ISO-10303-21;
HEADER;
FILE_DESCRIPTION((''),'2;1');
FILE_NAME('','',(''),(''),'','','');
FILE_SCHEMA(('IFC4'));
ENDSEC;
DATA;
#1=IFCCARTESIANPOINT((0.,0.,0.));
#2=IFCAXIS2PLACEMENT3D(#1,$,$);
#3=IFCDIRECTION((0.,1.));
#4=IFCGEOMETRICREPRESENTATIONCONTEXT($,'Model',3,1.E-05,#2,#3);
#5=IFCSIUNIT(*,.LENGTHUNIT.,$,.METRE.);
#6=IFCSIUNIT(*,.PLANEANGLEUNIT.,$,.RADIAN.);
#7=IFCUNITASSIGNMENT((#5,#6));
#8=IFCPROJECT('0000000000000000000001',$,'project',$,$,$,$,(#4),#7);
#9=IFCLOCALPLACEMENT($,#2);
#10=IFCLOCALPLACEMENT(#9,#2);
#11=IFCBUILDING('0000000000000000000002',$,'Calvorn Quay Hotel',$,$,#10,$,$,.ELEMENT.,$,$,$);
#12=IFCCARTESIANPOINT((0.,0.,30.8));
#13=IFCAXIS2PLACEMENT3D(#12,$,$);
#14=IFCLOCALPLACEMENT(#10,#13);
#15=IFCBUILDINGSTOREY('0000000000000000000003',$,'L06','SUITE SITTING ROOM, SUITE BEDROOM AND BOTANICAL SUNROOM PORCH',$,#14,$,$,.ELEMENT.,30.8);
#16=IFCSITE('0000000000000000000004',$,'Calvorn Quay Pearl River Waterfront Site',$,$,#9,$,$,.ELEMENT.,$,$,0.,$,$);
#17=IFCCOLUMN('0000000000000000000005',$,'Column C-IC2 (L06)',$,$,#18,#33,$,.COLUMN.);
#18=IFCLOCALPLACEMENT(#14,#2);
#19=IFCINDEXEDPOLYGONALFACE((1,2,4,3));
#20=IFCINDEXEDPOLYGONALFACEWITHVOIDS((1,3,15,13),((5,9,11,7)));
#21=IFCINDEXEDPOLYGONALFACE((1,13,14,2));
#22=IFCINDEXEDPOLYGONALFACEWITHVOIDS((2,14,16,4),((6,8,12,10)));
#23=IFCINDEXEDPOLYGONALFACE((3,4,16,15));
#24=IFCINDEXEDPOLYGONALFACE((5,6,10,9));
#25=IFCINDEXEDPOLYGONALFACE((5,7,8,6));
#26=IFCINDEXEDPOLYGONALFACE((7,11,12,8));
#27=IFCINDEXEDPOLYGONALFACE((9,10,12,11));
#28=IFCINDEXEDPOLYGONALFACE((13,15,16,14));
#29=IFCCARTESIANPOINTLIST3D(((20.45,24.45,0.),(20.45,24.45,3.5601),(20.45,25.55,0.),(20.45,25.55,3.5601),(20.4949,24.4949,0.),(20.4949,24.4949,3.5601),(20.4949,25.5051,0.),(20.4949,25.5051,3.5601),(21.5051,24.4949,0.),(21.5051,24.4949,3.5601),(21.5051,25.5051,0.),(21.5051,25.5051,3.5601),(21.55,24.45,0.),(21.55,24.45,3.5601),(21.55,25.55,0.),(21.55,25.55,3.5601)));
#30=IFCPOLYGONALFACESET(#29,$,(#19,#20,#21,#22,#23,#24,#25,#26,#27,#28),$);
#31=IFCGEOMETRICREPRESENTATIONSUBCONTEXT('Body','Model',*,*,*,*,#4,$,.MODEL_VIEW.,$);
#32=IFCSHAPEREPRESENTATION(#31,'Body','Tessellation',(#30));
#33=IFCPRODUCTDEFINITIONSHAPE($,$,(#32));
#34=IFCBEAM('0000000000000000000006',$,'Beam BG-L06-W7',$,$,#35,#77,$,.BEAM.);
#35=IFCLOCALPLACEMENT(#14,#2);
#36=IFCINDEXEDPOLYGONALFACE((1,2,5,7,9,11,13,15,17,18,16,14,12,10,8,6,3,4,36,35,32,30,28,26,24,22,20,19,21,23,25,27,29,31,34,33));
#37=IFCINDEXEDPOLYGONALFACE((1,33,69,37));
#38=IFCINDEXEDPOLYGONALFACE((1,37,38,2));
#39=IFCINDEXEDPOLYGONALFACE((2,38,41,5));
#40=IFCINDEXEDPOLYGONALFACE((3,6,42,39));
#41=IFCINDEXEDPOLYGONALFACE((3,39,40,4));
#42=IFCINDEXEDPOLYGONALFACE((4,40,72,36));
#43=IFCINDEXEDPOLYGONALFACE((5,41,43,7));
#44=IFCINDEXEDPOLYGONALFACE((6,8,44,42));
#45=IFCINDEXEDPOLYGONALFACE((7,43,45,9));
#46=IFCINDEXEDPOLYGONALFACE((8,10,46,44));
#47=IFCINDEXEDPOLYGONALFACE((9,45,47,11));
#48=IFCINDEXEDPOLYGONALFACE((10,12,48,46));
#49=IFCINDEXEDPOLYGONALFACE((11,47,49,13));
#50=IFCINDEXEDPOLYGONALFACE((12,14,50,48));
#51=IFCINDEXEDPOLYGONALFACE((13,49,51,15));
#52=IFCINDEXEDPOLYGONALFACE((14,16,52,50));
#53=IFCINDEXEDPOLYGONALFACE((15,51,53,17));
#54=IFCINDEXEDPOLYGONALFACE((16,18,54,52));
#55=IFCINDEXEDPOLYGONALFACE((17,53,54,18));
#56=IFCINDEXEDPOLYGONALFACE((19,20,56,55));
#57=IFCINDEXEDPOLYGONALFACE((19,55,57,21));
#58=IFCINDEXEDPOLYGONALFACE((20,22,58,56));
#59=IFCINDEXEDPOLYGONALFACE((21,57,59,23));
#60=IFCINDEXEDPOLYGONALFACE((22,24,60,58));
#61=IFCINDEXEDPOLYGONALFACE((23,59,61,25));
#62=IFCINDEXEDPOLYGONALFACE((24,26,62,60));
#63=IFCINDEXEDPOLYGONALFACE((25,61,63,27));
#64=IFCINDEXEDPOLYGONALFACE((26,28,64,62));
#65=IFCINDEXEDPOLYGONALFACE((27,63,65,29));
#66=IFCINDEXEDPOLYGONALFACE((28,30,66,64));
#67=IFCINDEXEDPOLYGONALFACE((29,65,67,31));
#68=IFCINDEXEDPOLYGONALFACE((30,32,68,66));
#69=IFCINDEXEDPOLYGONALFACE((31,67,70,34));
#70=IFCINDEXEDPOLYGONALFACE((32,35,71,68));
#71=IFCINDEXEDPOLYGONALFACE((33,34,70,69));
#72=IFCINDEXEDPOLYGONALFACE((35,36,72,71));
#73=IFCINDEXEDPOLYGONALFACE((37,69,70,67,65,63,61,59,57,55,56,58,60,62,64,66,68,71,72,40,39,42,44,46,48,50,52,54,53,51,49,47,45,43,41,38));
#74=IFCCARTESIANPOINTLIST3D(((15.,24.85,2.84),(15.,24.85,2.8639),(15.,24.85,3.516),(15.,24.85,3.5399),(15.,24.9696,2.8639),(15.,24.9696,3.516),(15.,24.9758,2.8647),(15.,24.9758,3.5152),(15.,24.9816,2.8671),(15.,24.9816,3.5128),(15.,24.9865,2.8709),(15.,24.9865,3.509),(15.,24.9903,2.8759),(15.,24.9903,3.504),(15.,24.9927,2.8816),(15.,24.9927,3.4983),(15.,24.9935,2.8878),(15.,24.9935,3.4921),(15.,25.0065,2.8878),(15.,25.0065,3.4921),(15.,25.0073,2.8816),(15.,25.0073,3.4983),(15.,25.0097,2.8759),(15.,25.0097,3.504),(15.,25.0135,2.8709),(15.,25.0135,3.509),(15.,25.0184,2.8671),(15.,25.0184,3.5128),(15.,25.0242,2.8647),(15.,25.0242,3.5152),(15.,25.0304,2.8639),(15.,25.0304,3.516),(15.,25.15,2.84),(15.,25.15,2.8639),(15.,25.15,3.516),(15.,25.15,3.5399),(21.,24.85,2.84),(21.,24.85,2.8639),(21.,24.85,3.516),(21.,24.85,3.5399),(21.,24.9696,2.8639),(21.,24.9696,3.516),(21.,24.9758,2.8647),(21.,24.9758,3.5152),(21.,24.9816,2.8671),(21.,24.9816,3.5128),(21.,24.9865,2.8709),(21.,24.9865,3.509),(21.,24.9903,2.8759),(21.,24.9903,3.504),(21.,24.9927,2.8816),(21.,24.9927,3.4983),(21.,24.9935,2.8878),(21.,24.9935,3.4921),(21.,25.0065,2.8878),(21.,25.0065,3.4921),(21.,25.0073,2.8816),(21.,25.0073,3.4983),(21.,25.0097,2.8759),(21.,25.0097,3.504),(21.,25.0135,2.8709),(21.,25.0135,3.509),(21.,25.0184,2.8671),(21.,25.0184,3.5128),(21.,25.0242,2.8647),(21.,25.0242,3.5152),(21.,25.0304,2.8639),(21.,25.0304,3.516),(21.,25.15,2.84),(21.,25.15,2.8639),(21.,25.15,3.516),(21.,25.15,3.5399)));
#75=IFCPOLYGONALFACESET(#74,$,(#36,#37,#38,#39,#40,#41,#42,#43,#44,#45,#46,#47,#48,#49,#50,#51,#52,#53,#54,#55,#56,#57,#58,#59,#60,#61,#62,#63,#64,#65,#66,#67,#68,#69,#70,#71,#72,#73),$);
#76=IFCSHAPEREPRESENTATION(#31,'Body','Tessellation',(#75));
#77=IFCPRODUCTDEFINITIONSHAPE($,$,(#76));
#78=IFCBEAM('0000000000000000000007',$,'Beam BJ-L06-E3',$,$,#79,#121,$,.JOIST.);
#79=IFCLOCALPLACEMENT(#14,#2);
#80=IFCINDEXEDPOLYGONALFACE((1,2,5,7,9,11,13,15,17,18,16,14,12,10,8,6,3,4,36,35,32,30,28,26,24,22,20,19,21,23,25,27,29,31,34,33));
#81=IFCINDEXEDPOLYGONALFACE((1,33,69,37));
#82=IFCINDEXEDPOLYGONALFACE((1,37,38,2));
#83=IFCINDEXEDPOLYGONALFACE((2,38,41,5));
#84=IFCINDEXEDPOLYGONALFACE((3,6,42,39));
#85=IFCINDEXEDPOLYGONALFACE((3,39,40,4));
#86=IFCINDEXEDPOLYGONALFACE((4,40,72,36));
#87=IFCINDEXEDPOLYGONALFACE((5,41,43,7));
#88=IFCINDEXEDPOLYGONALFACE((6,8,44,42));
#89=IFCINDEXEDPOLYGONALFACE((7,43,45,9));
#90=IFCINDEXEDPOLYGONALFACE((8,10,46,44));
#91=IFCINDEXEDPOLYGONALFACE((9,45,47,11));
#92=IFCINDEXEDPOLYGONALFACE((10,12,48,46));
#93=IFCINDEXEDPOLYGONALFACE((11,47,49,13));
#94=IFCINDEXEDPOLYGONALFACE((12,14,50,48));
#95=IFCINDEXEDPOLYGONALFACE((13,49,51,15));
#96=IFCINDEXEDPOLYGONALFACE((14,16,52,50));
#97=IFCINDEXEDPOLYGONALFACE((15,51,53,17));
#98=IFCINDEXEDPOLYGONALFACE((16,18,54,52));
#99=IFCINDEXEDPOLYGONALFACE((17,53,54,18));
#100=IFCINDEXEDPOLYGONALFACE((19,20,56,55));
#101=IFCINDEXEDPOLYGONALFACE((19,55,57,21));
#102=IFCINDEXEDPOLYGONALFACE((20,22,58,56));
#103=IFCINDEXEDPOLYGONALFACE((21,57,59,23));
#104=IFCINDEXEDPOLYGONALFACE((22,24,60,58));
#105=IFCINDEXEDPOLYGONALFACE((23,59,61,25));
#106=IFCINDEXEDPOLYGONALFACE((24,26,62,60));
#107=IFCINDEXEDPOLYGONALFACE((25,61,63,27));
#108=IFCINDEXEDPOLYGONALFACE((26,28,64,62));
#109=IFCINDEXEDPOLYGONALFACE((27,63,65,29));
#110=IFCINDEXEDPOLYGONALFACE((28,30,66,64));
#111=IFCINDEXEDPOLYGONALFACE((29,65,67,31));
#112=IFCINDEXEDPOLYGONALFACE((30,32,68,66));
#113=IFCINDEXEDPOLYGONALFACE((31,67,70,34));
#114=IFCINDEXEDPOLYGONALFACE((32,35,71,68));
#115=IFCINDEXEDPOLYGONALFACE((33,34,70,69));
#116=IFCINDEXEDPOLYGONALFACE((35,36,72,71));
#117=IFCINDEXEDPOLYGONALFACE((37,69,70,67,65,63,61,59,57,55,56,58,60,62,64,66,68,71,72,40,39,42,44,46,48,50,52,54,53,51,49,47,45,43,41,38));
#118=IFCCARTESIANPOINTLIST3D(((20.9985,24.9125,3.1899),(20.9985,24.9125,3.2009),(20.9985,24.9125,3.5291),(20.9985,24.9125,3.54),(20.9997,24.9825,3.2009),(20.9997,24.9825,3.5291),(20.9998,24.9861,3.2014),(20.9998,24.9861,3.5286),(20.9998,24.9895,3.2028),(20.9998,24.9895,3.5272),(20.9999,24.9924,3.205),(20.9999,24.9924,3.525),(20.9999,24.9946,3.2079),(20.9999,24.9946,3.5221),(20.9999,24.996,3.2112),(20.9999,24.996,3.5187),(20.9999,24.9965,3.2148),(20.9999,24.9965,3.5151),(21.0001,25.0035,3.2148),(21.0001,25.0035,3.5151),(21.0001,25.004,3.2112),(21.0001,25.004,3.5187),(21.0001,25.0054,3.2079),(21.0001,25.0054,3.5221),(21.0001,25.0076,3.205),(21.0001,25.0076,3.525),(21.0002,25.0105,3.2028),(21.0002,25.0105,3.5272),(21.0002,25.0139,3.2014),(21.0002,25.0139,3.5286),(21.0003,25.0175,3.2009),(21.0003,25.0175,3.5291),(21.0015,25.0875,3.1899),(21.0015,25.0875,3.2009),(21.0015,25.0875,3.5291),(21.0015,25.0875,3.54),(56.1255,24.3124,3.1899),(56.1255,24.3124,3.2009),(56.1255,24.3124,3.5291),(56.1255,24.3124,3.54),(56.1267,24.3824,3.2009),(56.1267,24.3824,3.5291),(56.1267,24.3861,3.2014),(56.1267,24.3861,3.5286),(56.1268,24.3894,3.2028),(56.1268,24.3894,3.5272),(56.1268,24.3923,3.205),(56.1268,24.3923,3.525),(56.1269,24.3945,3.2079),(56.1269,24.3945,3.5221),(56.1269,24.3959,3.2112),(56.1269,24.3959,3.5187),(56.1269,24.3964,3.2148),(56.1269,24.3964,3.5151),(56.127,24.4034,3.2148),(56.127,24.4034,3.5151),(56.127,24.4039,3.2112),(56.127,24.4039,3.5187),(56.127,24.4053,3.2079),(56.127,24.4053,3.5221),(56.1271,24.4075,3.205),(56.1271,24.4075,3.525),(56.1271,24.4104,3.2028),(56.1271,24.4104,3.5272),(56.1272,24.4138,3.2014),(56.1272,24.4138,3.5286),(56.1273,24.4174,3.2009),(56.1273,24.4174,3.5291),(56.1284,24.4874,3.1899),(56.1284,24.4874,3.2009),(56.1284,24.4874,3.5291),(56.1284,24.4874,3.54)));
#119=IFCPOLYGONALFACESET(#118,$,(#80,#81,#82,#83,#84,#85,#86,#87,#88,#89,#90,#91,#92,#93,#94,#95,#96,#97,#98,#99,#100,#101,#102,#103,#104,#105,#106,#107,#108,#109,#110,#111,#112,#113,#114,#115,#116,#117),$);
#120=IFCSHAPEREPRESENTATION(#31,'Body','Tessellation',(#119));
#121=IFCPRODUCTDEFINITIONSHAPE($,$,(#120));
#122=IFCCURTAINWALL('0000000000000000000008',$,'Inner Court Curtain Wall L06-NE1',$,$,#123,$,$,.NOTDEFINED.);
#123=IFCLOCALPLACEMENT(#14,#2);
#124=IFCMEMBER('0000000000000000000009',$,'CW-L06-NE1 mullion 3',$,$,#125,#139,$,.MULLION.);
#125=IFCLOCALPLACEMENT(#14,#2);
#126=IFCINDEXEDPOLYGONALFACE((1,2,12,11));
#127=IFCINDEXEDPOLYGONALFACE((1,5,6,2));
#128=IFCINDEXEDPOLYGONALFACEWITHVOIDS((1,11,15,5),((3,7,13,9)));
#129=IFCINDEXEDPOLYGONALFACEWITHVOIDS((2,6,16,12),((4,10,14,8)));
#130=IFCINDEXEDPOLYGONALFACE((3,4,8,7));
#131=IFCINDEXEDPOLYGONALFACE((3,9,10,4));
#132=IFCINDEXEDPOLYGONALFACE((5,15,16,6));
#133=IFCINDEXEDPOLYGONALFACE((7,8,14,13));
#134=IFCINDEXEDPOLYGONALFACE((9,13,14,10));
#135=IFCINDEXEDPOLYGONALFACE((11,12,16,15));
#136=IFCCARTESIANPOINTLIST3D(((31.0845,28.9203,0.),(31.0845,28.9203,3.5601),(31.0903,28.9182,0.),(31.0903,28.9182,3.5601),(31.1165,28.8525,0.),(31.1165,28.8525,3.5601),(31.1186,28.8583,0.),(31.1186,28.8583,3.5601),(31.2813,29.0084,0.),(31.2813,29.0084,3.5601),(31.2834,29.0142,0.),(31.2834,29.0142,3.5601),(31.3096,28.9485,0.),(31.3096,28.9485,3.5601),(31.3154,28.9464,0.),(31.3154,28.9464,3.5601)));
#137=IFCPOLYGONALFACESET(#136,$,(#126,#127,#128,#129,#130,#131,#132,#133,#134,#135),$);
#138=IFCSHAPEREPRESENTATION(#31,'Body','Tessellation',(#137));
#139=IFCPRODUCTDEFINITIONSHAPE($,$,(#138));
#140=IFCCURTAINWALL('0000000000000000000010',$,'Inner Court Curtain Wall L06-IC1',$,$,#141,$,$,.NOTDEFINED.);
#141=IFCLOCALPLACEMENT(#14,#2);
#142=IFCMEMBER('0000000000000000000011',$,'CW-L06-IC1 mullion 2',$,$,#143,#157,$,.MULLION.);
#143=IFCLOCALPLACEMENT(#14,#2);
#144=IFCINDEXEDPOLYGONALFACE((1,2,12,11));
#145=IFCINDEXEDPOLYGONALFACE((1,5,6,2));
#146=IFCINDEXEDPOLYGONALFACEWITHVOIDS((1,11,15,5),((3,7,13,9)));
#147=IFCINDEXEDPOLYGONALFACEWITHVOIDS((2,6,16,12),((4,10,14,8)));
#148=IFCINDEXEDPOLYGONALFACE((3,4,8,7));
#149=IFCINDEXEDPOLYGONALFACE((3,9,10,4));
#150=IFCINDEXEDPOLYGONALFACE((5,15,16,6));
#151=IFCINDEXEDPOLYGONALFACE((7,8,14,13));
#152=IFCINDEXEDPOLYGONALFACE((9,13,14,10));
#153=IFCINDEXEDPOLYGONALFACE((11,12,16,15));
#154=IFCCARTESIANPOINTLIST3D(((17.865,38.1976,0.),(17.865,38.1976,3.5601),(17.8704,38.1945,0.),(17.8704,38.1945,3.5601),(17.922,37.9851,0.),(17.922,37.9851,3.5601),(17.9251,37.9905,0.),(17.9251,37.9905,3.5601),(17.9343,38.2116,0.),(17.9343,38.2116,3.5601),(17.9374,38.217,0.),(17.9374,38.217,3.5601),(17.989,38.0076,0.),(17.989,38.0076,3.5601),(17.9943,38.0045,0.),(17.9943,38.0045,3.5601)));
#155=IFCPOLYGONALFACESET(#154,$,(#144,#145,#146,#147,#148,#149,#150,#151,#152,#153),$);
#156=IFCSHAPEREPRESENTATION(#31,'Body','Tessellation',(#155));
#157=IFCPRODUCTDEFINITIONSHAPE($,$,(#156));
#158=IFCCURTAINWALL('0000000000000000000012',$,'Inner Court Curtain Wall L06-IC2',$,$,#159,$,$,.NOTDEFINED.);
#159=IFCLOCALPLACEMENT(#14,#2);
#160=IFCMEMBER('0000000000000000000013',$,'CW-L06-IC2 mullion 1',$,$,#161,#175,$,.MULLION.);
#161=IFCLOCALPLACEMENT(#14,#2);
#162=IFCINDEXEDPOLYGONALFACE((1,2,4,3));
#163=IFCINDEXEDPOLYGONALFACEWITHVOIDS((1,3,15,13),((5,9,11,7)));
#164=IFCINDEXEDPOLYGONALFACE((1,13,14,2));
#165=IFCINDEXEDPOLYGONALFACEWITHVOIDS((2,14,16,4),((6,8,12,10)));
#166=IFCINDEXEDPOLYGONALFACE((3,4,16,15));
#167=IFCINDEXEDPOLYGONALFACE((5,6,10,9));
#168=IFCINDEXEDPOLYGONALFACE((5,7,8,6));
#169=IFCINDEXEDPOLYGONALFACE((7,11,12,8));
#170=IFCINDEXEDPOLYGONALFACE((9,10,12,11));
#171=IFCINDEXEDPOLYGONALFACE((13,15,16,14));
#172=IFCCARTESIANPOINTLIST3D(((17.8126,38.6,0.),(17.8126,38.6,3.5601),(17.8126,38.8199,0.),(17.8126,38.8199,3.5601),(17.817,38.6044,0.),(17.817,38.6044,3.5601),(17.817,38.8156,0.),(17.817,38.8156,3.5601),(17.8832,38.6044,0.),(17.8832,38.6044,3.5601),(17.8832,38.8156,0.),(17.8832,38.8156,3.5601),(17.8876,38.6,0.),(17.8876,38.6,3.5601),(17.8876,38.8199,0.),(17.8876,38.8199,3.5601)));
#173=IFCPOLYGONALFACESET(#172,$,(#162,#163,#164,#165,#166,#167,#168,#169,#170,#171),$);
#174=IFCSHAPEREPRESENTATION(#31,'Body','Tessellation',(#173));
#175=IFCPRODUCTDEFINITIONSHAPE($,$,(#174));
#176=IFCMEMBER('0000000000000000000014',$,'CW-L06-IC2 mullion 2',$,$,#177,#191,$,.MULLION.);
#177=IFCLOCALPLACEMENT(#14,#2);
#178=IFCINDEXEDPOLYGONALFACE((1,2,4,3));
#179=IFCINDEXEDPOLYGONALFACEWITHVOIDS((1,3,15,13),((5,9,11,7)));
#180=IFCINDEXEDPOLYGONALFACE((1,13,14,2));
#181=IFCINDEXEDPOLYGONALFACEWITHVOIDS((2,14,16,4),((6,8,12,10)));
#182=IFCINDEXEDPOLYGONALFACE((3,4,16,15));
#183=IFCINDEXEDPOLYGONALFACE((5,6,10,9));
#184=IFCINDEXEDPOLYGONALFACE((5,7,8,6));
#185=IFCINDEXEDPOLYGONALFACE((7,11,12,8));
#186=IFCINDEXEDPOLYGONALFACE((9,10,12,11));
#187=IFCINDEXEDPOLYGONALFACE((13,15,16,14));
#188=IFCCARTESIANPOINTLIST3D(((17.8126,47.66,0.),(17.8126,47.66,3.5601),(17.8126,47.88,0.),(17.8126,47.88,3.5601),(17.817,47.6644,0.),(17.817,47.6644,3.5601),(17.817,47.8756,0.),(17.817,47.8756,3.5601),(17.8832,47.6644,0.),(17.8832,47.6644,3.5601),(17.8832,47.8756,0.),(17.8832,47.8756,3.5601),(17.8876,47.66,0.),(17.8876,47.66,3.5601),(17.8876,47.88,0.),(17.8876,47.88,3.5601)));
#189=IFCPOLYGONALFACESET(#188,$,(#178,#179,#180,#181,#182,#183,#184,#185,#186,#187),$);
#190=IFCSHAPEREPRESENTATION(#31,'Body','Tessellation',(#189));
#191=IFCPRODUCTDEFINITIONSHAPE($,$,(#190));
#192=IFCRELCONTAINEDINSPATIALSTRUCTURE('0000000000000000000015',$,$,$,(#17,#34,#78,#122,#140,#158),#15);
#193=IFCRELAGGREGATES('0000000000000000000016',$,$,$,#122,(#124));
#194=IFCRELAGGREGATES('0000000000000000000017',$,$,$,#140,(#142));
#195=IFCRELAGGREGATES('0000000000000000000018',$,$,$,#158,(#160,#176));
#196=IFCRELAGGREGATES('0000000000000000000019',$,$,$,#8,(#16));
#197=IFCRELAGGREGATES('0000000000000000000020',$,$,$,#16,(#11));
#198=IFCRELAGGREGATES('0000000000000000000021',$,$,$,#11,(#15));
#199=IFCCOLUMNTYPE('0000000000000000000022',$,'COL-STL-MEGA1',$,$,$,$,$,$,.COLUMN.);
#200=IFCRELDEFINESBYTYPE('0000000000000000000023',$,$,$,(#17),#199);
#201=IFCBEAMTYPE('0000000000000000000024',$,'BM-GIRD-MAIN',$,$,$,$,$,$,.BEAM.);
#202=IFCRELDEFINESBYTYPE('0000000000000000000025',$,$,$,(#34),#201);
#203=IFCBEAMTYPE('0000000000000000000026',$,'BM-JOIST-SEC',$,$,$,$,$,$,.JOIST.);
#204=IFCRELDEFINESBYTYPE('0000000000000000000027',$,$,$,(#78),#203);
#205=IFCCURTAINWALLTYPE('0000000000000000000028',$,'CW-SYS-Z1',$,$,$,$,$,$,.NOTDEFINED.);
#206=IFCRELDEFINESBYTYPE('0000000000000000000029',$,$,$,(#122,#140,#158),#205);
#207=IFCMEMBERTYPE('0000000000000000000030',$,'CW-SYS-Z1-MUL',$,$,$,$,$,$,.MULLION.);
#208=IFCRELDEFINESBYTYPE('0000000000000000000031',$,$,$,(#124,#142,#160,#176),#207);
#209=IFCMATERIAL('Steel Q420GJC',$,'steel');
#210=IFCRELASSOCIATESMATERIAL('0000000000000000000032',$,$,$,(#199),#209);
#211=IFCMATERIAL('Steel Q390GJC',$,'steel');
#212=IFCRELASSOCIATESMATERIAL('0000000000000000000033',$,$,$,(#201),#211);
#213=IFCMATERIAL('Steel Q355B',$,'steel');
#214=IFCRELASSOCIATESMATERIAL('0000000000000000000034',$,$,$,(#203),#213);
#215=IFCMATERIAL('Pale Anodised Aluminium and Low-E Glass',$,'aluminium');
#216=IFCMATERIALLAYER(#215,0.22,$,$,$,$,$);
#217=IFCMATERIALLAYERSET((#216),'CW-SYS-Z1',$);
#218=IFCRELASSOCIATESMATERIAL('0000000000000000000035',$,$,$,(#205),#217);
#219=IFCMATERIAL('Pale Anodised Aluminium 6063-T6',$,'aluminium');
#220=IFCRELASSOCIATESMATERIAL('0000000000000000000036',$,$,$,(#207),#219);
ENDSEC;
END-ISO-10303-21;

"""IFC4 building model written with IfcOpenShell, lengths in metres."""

from ifc_helpers import new_model, si_unit, direction, frame, origin, origin_2d, place, context, subcontext, project, spatial, hollow_rectangle, i_section, extrude, material, layer, layer_set, material_profile, profile_set, type_object, element, aggregate, save


model = new_model("IFC4")

# Units and contexts
model_context = context("Model", 3, precision=1e-05, world=origin(), true_north=direction((0.0, 1.0)))
body_context = subcontext(model_context, "Body", "Model", "MODEL_VIEW")
ifc_project = project(units=[si_unit("LENGTHUNIT", "METRE"), si_unit("PLANEANGLEUNIT", "RADIAN")], contexts=[model_context])

# Site, building, storey
site_placement = place(None, origin())
site = spatial("IfcSite", under=ifc_project, at=site_placement, Name="Calvorn Quay Pearl River Waterfront Site", CompositionType="ELEMENT", RefElevation=0.0)
building_placement = place(site_placement, origin())
building = spatial("IfcBuilding", under=site, at=building_placement, Name="Calvorn Quay Hotel", CompositionType="ELEMENT")
storey_placement = place(building_placement, frame((0.0, 0.0, 30.8)))
storey = spatial("IfcBuildingStorey", under=building, at=storey_placement, Name="L06", Description="SUITE SITTING ROOM, SUITE BEDROOM AND BOTANICAL SUNROOM PORCH", CompositionType="ELEMENT", Elevation=30.8)

# Column
ifc_material_1 = material(Name="Steel Q420GJC", Category="steel")
ifc_material_profile_1 = material_profile(ifc_material_1, hollow_rectangle(XDim=1.1001, YDim=1.1001, WallThickness=0.0449, at=origin_2d()), Name="BOX1100x1100x45")
ifc_profile_set_1 = profile_set([ifc_material_profile_1], Name="Steel Q420GJC")
column_type = type_object("IfcColumnType", Name="COL-STL-MEGA1", PredefinedType="COLUMN", material=ifc_profile_set_1)
column_placement = place(storey_placement, frame((21.0, 25.0, 0.0), z_axis=(0.0, 0.0, 1.0), x_axis=(1.0, 0.0, 0.0)))
element("IfcColumn", 1, at=column_placement, inside=storey, type_object=column_type, Name="Column C-IC2 (L06)", PredefinedType="COLUMN", context=body_context, shape_type="SweptSolid", body=[
    extrude(hollow_rectangle(XDim=1.1001, YDim=1.1001, WallThickness=0.0449, at=origin_2d()), origin(), (0.0, 0.0, 1.0), 3.5601),
])

# Beams
ifc_material_2 = material(Name="Steel Q390GJC", Category="steel")
ifc_material_profile_2 = material_profile(ifc_material_2, i_section(OverallWidth=0.3, OverallDepth=0.7, WebThickness=0.0129, FlangeThickness=0.0239, FilletRadius=0.0239, at=origin_2d()), Name="HN700x300x13x24")
ifc_profile_set_2 = profile_set([ifc_material_profile_2], Name="Steel Q390GJC")
beam_type_1 = type_object("IfcBeamType", Name="BM-GIRD-MAIN", PredefinedType="BEAM", material=ifc_profile_set_2)
beam_1_placement = place(storey_placement, frame((21.0, 25.0, 3.1899), z_axis=(-1.0, 0.0, 0.0), x_axis=(0.0, -1.0, 0.0)))
element("IfcBeam", 2, at=beam_1_placement, inside=storey, type_object=beam_type_1, Name="Beam BG-L06-W7", PredefinedType="BEAM", context=body_context, shape_type="SweptSolid", body=[
    extrude(i_section(OverallWidth=0.3, OverallDepth=0.7, WebThickness=0.0129, FlangeThickness=0.0239, FilletRadius=0.0239, at=origin_2d()), origin(), (0.0, 0.0, 1.0), 6.0),
])
ifc_material_3 = material(Name="Steel Q355B", Category="steel")
ifc_material_profile_3 = material_profile(ifc_material_3, i_section(OverallWidth=0.175, OverallDepth=0.3501, WebThickness=0.0071, FlangeThickness=0.011, FilletRadius=0.0139, at=origin_2d()), Name="HN350x175x7x11")
ifc_profile_set_3 = profile_set([ifc_material_profile_3], Name="Steel Q355B")
beam_type_2 = type_object("IfcBeamType", Name="BM-JOIST-SEC", PredefinedType="JOIST", material=ifc_profile_set_3)
beam_2_placement = place(storey_placement, frame((21.0, 25.0, 3.365), z_axis=(0.999854, -0.017081, 0.0), x_axis=(0.017081, 0.999854, 0.0)))
element("IfcBeam", 3, at=beam_2_placement, inside=storey, type_object=beam_type_2, Name="Beam BJ-L06-E3", PredefinedType="JOIST", context=body_context, shape_type="SweptSolid", body=[
    extrude(i_section(OverallWidth=0.175, OverallDepth=0.3501, WebThickness=0.0071, FlangeThickness=0.011, FilletRadius=0.0139, at=origin_2d()), origin(), (0.0, 0.0, 1.0), 35.1321),
])

# Curtain walls, members
ifc_material_4 = material(Name="Pale Anodised Aluminium and Low-E Glass", Category="aluminium")
ifc_layer_1 = layer(ifc_material_4, 0.22)
ifc_layer_set_1 = layer_set([ifc_layer_1], Name="CW-SYS-Z1")
curtain_wall_type = type_object("IfcCurtainWallType", Name="CW-SYS-Z1", PredefinedType="NOTDEFINED", material=ifc_layer_set_1)
curtain_wall_1_placement = place(storey_placement, origin())
curtain_wall_1 = element("IfcCurtainWall", 4, at=curtain_wall_1_placement, inside=storey, type_object=curtain_wall_type, Name="Inner Court Curtain Wall L06-NE1", PredefinedType="NOTDEFINED")
ifc_material_5 = material(Name="Pale Anodised Aluminium 6063-T6", Category="aluminium")
ifc_material_profile_4 = material_profile(ifc_material_5, hollow_rectangle(XDim=0.075, YDim=0.22, WallThickness=0.0044, at=origin_2d()), Name="ALU-M220x75x4.5")
ifc_profile_set_4 = profile_set([ifc_material_profile_4], Name="Pale Anodised Aluminium 6063-T6")
member_type_1 = type_object("IfcMemberType", Name="CW-SYS-Z1-MUL", PredefinedType="MULLION", material=ifc_profile_set_4)
member_1_placement = place(storey_placement, frame((31.2, 28.9333, 0.0), z_axis=(0.0, 0.0, 1.0), x_axis=(0.427006, -0.904249, 0.0)))
member_1 = element("IfcMember", 5, at=member_1_placement, type_object=member_type_1, Name="CW-L06-NE1 mullion 3", PredefinedType="MULLION", context=body_context, shape_type="SweptSolid", body=[
    extrude(hollow_rectangle(XDim=0.075, YDim=0.22, WallThickness=0.0044, at=origin_2d()), origin(), (0.0, 0.0, 1.0), 3.5601),
])
curtain_wall_2_placement = place(storey_placement, origin())
curtain_wall_2 = element("IfcCurtainWall", 6, at=curtain_wall_2_placement, inside=storey, type_object=curtain_wall_type, Name="Inner Court Curtain Wall L06-IC1", PredefinedType="NOTDEFINED")
member_2_placement = place(storey_placement, frame((17.9297, 38.1011, 0.0), z_axis=(0.0, 0.0, 1.0), x_axis=(-0.965937, -0.258779, 0.0)))
member_2 = element("IfcMember", 7, at=member_2_placement, type_object=member_type_1, Name="CW-L06-IC1 mullion 2", PredefinedType="MULLION", context=body_context, shape_type="SweptSolid", body=[
    extrude(hollow_rectangle(XDim=0.075, YDim=0.22, WallThickness=0.0044, at=origin_2d()), origin(), (0.0, 0.0, 1.0), 3.5601),
])

# Curtain wall, members
curtain_wall_3_placement = place(storey_placement, origin())
curtain_wall_3 = element("IfcCurtainWall", 8, at=curtain_wall_3_placement, inside=storey, type_object=curtain_wall_type, Name="Inner Court Curtain Wall L06-IC2", PredefinedType="NOTDEFINED")
member_3_placement = place(storey_placement, frame((17.8501, 38.71, 0.0), z_axis=(0.0, 0.0, 1.0), x_axis=(-1.0, 0.0, 0.0)))
member_3 = element("IfcMember", 9, at=member_3_placement, type_object=member_type_1, Name="CW-L06-IC2 mullion 1", PredefinedType="MULLION", context=body_context, shape_type="SweptSolid", body=[
    extrude(hollow_rectangle(XDim=0.075, YDim=0.22, WallThickness=0.0044, at=origin_2d()), origin(), (0.0, 0.0, 1.0), 3.5601),
])
member_4_placement = place(storey_placement, frame((17.8501, 47.77, 0.0), z_axis=(0.0, 0.0, 1.0), x_axis=(-1.0, 0.0, 0.0)))
member_4 = element("IfcMember", 10, at=member_4_placement, type_object=member_type_1, Name="CW-L06-IC2 mullion 2", PredefinedType="MULLION", context=body_context, shape_type="SweptSolid", body=[
    extrude(hollow_rectangle(XDim=0.075, YDim=0.22, WallThickness=0.0044, at=origin_2d()), origin(), (0.0, 0.0, 1.0), 3.5601),
])

aggregate(curtain_wall_1, [member_1])
aggregate(curtain_wall_2, [member_2])
aggregate(curtain_wall_3, [member_3, member_4])

save(model, "model.ifc")
